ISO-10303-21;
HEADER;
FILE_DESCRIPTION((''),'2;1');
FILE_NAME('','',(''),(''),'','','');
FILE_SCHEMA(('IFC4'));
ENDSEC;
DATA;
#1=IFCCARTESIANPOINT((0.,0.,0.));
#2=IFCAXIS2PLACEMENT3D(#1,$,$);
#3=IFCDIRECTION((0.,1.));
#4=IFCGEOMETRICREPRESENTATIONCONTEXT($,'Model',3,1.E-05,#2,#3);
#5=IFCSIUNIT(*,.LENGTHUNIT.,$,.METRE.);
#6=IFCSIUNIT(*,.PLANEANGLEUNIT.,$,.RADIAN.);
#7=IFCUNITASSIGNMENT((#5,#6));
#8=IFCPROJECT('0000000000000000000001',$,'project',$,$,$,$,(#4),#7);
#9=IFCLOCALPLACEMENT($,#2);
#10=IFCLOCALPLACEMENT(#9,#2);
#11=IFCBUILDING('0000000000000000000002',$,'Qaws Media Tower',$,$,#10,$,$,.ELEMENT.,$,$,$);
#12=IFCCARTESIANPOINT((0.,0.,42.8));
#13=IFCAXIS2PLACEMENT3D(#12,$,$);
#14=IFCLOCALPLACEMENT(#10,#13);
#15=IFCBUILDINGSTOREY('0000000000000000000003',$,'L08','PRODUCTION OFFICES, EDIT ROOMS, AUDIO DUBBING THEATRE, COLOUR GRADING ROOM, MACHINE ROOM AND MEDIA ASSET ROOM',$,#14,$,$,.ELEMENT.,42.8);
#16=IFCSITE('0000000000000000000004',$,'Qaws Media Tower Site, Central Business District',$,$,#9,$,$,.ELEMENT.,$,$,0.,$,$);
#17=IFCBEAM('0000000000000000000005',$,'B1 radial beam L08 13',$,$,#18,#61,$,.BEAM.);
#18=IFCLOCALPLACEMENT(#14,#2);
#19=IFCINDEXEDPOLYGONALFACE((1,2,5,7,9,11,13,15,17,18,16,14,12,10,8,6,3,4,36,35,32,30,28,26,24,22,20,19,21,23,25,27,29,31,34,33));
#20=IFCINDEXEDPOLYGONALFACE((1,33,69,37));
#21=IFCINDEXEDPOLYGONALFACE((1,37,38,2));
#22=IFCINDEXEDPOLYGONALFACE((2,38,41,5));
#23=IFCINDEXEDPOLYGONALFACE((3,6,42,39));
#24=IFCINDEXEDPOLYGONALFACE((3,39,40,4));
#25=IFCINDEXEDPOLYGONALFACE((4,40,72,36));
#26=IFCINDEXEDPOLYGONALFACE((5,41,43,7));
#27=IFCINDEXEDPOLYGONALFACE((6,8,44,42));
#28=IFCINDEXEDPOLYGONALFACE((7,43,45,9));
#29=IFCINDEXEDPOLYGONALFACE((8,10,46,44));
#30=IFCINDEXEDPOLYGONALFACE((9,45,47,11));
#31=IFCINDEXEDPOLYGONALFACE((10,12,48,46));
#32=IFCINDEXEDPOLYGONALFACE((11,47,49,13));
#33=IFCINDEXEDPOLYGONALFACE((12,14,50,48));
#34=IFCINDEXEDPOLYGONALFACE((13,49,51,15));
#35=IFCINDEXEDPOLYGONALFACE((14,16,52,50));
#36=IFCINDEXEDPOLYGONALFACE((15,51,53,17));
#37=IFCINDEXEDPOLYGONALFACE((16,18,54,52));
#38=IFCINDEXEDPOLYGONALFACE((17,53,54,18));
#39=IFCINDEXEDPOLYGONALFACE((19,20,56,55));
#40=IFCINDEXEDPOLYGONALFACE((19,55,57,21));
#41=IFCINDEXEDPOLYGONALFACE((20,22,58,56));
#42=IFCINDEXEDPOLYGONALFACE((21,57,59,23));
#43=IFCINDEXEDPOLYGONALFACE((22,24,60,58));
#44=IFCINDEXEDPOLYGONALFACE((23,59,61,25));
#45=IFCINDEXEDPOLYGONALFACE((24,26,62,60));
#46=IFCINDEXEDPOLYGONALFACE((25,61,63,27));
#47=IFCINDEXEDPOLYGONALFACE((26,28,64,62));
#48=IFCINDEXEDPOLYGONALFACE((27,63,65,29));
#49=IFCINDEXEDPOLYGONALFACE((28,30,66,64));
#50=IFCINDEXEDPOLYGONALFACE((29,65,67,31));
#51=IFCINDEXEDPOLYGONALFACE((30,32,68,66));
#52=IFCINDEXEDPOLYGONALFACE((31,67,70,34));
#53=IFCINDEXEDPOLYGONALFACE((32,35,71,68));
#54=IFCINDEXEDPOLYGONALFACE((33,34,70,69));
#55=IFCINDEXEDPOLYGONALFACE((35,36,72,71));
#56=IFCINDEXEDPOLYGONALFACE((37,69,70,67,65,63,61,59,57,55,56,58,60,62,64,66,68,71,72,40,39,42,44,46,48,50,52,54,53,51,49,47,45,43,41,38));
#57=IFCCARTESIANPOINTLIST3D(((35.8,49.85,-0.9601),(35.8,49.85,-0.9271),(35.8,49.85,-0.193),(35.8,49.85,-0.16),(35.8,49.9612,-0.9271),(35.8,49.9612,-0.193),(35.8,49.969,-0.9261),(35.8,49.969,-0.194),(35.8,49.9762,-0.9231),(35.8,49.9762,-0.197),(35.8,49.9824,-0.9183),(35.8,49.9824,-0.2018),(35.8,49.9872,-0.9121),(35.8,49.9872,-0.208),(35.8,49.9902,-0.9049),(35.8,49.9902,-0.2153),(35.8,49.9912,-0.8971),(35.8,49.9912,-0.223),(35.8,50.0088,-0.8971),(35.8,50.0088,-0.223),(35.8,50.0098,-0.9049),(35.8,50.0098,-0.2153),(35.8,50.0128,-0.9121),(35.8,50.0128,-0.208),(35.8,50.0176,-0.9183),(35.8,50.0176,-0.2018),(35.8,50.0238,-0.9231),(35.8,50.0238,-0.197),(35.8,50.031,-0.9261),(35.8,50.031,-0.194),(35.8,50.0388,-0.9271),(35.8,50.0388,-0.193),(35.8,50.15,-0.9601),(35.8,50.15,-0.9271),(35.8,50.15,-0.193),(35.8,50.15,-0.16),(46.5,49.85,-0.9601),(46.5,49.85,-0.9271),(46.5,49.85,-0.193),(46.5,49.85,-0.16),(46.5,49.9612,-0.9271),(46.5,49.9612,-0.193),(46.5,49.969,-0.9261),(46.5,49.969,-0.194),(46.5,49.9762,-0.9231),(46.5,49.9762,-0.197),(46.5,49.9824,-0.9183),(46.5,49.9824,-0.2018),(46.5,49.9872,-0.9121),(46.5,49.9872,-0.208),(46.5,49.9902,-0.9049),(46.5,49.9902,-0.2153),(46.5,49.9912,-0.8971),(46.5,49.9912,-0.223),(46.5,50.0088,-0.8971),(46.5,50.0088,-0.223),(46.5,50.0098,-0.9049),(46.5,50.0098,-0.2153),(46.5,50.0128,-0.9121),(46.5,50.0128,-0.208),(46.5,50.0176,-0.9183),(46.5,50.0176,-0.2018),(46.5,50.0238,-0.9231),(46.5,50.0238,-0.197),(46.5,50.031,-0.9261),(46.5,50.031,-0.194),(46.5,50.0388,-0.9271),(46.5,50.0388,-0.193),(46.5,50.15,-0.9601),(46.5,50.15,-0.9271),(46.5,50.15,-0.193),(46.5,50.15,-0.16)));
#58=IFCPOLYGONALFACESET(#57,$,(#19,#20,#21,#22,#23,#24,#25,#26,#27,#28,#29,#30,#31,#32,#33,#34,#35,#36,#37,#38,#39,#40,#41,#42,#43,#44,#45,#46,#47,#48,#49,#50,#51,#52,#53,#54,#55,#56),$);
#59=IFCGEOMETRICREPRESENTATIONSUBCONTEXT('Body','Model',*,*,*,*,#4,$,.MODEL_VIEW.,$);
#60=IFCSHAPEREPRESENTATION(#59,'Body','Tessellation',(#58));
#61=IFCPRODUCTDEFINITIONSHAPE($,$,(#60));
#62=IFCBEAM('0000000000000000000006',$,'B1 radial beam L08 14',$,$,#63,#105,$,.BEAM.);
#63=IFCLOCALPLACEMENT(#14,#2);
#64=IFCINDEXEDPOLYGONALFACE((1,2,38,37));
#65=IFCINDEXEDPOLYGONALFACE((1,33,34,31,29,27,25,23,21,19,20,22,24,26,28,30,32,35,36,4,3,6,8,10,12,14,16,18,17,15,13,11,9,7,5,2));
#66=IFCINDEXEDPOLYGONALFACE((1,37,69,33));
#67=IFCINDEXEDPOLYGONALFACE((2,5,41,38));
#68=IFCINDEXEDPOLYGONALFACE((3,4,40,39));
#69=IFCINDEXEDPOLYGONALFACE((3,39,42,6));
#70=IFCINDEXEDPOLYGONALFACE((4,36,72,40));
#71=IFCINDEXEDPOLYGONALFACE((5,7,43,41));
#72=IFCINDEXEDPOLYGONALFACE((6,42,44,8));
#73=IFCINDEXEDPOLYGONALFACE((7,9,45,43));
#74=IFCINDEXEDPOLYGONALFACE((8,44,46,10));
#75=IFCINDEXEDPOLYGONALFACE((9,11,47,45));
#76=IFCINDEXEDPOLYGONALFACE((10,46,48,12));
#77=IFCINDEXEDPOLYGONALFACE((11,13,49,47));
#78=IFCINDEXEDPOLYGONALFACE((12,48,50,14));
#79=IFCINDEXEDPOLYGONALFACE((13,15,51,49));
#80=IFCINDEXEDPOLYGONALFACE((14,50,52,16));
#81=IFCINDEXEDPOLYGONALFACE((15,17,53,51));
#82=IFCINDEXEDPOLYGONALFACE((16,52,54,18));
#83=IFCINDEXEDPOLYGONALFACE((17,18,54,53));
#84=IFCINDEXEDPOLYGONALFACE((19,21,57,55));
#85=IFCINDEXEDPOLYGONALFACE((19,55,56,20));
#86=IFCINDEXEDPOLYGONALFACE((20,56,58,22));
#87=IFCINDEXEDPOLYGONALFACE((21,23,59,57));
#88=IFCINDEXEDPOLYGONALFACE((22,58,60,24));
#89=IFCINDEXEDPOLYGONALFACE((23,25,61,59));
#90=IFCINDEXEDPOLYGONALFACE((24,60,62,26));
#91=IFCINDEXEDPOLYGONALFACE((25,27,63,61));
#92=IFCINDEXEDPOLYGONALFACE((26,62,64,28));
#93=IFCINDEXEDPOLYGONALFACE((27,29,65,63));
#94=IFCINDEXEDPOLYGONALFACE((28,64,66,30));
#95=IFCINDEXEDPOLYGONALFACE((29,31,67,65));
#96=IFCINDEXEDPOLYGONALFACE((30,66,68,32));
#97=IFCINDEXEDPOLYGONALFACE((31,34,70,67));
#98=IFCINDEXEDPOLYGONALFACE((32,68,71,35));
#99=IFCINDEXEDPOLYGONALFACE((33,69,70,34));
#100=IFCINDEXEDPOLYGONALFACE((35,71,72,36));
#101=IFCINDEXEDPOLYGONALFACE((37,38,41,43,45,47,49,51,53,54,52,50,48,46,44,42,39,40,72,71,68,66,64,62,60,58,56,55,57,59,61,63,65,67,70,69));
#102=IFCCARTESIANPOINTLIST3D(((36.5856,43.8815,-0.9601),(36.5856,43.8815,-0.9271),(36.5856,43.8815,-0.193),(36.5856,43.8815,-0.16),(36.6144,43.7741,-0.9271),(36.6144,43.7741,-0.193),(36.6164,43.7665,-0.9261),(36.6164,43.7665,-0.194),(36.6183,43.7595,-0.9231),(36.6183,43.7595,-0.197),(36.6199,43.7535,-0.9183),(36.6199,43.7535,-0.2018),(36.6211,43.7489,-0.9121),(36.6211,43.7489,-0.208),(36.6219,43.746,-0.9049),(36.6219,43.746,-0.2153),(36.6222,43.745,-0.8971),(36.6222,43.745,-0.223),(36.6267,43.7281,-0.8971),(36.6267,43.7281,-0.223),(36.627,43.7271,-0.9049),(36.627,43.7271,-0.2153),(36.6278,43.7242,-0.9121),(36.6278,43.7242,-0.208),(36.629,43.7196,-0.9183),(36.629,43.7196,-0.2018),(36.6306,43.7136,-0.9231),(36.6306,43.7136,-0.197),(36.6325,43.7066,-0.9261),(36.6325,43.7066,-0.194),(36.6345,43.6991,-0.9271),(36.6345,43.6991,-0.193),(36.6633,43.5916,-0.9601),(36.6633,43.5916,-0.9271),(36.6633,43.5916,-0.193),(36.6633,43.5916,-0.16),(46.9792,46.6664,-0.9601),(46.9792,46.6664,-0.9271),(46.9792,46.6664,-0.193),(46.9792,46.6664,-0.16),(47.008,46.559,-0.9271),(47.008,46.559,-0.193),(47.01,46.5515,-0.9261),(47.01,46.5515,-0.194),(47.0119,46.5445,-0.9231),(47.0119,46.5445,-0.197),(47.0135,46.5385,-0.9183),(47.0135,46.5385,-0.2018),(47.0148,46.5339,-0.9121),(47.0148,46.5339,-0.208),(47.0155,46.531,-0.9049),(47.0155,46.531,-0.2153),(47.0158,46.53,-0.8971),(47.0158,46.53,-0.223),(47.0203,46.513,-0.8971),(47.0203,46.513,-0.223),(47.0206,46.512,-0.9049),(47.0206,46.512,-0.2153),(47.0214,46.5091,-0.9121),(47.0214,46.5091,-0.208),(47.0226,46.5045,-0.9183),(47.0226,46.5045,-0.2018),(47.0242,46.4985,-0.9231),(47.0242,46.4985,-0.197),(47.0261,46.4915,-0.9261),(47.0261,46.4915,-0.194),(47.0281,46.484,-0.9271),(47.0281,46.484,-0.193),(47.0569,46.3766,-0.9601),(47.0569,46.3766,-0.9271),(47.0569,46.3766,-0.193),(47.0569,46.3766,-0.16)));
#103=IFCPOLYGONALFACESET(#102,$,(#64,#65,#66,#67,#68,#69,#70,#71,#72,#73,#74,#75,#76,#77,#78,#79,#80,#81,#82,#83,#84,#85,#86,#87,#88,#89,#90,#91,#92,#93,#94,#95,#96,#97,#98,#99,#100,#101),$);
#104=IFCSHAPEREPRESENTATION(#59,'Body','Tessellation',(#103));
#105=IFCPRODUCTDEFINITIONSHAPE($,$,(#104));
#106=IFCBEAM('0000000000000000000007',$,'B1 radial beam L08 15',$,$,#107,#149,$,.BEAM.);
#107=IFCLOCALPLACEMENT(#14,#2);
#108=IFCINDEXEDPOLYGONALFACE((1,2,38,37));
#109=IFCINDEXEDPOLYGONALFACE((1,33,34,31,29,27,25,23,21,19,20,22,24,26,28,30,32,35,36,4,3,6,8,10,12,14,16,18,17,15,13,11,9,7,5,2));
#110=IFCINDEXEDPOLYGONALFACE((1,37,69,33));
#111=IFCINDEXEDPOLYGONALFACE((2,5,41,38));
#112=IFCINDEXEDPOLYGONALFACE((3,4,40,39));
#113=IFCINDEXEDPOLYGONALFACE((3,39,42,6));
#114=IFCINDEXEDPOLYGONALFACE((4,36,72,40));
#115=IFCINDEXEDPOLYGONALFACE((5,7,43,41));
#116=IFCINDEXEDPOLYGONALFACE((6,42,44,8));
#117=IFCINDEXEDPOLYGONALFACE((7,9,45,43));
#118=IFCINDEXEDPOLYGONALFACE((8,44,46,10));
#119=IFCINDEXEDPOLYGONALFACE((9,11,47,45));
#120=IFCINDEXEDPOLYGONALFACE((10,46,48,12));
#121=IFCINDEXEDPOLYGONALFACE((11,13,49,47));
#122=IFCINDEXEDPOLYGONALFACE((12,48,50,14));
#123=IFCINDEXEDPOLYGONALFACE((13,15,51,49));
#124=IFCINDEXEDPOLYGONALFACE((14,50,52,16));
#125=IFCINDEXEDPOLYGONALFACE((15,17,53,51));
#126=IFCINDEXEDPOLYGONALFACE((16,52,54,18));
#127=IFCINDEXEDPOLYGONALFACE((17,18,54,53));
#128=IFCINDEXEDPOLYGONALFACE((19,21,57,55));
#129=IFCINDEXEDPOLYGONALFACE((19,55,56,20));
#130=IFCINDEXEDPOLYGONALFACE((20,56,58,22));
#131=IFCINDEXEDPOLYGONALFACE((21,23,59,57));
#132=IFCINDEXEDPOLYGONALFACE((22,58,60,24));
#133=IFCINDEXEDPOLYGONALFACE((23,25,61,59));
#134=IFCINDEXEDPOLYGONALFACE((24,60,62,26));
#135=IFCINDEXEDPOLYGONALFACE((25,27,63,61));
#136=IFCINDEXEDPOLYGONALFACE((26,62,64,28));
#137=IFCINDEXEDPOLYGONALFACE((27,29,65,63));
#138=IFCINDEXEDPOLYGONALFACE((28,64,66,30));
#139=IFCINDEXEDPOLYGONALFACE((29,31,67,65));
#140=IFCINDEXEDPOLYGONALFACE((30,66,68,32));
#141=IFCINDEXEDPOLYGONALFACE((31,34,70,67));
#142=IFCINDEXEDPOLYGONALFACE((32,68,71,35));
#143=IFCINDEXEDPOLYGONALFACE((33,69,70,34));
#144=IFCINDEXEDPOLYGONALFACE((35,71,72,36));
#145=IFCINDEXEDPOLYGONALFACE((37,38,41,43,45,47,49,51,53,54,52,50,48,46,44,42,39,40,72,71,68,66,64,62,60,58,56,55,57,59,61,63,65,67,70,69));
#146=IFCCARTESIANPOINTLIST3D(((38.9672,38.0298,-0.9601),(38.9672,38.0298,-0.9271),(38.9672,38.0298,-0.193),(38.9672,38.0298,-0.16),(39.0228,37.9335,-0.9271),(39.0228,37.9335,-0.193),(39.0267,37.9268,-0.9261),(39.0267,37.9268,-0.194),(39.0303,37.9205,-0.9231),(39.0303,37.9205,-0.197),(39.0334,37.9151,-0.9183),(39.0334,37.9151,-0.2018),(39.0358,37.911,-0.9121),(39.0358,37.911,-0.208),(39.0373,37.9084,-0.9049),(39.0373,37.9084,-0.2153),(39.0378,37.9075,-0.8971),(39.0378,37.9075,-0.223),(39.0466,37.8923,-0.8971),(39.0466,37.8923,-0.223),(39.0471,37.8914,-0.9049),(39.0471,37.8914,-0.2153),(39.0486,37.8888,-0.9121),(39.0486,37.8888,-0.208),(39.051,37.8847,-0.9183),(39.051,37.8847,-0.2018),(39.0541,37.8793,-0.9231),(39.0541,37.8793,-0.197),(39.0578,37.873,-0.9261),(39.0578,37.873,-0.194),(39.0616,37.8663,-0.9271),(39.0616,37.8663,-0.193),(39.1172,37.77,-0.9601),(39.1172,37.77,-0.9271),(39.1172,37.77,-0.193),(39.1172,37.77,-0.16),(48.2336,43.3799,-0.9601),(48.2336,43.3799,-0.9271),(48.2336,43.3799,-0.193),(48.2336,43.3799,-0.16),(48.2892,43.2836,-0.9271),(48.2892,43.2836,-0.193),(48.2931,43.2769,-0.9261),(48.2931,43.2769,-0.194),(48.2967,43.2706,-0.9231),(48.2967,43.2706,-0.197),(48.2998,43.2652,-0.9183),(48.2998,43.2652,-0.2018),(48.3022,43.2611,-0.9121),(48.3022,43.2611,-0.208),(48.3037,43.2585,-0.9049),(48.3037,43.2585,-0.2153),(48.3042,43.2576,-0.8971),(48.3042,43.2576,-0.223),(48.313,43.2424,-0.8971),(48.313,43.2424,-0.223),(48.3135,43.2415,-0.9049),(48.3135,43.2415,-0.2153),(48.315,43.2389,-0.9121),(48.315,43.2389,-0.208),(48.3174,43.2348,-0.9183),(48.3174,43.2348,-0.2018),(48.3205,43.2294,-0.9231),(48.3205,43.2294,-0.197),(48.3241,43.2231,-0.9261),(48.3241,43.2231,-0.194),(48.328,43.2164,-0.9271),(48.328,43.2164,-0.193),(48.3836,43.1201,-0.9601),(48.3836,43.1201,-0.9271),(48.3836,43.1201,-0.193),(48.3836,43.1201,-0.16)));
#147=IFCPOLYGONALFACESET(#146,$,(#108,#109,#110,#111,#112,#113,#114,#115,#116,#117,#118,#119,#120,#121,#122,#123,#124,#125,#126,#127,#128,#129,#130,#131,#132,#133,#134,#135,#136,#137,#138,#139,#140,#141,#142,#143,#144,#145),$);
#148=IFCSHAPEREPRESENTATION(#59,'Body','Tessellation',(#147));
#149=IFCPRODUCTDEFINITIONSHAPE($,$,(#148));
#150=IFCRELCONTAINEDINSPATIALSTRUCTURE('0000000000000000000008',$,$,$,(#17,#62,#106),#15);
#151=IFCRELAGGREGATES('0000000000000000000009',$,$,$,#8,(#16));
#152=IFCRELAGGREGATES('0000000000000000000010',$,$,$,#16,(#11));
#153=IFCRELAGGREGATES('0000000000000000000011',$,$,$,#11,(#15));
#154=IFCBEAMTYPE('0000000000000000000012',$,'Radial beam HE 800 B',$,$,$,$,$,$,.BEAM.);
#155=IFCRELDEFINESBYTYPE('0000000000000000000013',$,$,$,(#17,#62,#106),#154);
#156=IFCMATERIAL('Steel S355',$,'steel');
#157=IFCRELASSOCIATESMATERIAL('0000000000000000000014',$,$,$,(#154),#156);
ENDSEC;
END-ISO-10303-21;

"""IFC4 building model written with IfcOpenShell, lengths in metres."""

from ifc_helpers import new_model, si_unit, direction, frame, origin, origin_2d, place, context, subcontext, project, spatial, i_section, extrude, material, material_profile, profile_set, type_object, element, save


model = new_model("IFC4")

# Units and contexts
model_context = context("Model", 3, precision=1e-05, world=origin(), true_north=direction((0.0, 1.0)))
body_context = subcontext(model_context, "Body", "Model", "MODEL_VIEW")
ifc_project = project(units=[si_unit("LENGTHUNIT", "METRE"), si_unit("PLANEANGLEUNIT", "RADIAN")], contexts=[model_context])

# Site, building, storey
site_placement = place(None, origin())
site = spatial("IfcSite", under=ifc_project, at=site_placement, Name="Qaws Media Tower Site, Central Business District", CompositionType="ELEMENT", RefElevation=0.0)
building_placement = place(site_placement, origin())
building = spatial("IfcBuilding", under=site, at=building_placement, Name="Qaws Media Tower", CompositionType="ELEMENT")
storey_placement = place(building_placement, frame((0.0, 0.0, 42.8)))
storey = spatial("IfcBuildingStorey", under=building, at=storey_placement, Name="L08", Description="PRODUCTION OFFICES, EDIT ROOMS, AUDIO DUBBING THEATRE, COLOUR GRADING ROOM, MACHINE ROOM AND MEDIA ASSET ROOM", CompositionType="ELEMENT", Elevation=42.8)

# Beams
ifc_material_1 = material(Name="Steel S355", Category="steel")
ifc_material_profile_1 = material_profile(ifc_material_1, i_section(OverallWidth=0.3, OverallDepth=0.8, WebThickness=0.0176, FlangeThickness=0.033, FilletRadius=0.03, at=origin_2d()), Name="HE 800 B")
ifc_profile_set_1 = profile_set([ifc_material_profile_1], Name="Steel S355")
beam_type_1 = type_object("IfcBeamType", Name="Radial beam HE 800 B", PredefinedType="BEAM", material=ifc_profile_set_1)
beam_1_placement = place(storey_placement, frame((46.5, 50.0, -0.5601), z_axis=(-1.0, 0.0, 0.0), x_axis=(0.0, -1.0, 0.0)))
element("IfcBeam", 1, at=beam_1_placement, inside=storey, type_object=beam_type_1, Name="B1 radial beam L08 13", PredefinedType="BEAM", context=body_context, shape_type="SweptSolid", body=[
    extrude(i_section(OverallWidth=0.3, OverallDepth=0.8, WebThickness=0.0176, FlangeThickness=0.033, FilletRadius=0.03, at=origin_2d()), origin(), (0.0, 0.0, 1.0), 10.7),
])
beam_2_placement = place(storey_placement, frame((47.0181, 46.5215, -0.5601), z_axis=(-0.965927, -0.258816, 0.0), x_axis=(0.258816, -0.965927, 0.0)))
element("IfcBeam", 2, at=beam_2_placement, inside=storey, type_object=beam_type_1, Name="B1 radial beam L08 14", PredefinedType="BEAM", context=body_context, shape_type="SweptSolid", body=[
    extrude(i_section(OverallWidth=0.3, OverallDepth=0.8, WebThickness=0.0176, FlangeThickness=0.033, FilletRadius=0.03, at=origin_2d()), origin(), (0.0, 0.0, 1.0), 10.7603),
])
beam_3_placement = place(storey_placement, frame((48.3086, 43.25, -0.5601), z_axis=(-0.866019, -0.500011, 0.0), x_axis=(0.500011, -0.866019, 0.0)))
element("IfcBeam", 3, at=beam_3_placement, inside=storey, type_object=beam_type_1, Name="B1 radial beam L08 15", PredefinedType="BEAM", context=body_context, shape_type="SweptSolid", body=[
    extrude(i_section(OverallWidth=0.3, OverallDepth=0.8, WebThickness=0.0176, FlangeThickness=0.033, FilletRadius=0.03, at=origin_2d()), origin(), (0.0, 0.0, 1.0), 10.7),
])

save(model, "model.ifc")
